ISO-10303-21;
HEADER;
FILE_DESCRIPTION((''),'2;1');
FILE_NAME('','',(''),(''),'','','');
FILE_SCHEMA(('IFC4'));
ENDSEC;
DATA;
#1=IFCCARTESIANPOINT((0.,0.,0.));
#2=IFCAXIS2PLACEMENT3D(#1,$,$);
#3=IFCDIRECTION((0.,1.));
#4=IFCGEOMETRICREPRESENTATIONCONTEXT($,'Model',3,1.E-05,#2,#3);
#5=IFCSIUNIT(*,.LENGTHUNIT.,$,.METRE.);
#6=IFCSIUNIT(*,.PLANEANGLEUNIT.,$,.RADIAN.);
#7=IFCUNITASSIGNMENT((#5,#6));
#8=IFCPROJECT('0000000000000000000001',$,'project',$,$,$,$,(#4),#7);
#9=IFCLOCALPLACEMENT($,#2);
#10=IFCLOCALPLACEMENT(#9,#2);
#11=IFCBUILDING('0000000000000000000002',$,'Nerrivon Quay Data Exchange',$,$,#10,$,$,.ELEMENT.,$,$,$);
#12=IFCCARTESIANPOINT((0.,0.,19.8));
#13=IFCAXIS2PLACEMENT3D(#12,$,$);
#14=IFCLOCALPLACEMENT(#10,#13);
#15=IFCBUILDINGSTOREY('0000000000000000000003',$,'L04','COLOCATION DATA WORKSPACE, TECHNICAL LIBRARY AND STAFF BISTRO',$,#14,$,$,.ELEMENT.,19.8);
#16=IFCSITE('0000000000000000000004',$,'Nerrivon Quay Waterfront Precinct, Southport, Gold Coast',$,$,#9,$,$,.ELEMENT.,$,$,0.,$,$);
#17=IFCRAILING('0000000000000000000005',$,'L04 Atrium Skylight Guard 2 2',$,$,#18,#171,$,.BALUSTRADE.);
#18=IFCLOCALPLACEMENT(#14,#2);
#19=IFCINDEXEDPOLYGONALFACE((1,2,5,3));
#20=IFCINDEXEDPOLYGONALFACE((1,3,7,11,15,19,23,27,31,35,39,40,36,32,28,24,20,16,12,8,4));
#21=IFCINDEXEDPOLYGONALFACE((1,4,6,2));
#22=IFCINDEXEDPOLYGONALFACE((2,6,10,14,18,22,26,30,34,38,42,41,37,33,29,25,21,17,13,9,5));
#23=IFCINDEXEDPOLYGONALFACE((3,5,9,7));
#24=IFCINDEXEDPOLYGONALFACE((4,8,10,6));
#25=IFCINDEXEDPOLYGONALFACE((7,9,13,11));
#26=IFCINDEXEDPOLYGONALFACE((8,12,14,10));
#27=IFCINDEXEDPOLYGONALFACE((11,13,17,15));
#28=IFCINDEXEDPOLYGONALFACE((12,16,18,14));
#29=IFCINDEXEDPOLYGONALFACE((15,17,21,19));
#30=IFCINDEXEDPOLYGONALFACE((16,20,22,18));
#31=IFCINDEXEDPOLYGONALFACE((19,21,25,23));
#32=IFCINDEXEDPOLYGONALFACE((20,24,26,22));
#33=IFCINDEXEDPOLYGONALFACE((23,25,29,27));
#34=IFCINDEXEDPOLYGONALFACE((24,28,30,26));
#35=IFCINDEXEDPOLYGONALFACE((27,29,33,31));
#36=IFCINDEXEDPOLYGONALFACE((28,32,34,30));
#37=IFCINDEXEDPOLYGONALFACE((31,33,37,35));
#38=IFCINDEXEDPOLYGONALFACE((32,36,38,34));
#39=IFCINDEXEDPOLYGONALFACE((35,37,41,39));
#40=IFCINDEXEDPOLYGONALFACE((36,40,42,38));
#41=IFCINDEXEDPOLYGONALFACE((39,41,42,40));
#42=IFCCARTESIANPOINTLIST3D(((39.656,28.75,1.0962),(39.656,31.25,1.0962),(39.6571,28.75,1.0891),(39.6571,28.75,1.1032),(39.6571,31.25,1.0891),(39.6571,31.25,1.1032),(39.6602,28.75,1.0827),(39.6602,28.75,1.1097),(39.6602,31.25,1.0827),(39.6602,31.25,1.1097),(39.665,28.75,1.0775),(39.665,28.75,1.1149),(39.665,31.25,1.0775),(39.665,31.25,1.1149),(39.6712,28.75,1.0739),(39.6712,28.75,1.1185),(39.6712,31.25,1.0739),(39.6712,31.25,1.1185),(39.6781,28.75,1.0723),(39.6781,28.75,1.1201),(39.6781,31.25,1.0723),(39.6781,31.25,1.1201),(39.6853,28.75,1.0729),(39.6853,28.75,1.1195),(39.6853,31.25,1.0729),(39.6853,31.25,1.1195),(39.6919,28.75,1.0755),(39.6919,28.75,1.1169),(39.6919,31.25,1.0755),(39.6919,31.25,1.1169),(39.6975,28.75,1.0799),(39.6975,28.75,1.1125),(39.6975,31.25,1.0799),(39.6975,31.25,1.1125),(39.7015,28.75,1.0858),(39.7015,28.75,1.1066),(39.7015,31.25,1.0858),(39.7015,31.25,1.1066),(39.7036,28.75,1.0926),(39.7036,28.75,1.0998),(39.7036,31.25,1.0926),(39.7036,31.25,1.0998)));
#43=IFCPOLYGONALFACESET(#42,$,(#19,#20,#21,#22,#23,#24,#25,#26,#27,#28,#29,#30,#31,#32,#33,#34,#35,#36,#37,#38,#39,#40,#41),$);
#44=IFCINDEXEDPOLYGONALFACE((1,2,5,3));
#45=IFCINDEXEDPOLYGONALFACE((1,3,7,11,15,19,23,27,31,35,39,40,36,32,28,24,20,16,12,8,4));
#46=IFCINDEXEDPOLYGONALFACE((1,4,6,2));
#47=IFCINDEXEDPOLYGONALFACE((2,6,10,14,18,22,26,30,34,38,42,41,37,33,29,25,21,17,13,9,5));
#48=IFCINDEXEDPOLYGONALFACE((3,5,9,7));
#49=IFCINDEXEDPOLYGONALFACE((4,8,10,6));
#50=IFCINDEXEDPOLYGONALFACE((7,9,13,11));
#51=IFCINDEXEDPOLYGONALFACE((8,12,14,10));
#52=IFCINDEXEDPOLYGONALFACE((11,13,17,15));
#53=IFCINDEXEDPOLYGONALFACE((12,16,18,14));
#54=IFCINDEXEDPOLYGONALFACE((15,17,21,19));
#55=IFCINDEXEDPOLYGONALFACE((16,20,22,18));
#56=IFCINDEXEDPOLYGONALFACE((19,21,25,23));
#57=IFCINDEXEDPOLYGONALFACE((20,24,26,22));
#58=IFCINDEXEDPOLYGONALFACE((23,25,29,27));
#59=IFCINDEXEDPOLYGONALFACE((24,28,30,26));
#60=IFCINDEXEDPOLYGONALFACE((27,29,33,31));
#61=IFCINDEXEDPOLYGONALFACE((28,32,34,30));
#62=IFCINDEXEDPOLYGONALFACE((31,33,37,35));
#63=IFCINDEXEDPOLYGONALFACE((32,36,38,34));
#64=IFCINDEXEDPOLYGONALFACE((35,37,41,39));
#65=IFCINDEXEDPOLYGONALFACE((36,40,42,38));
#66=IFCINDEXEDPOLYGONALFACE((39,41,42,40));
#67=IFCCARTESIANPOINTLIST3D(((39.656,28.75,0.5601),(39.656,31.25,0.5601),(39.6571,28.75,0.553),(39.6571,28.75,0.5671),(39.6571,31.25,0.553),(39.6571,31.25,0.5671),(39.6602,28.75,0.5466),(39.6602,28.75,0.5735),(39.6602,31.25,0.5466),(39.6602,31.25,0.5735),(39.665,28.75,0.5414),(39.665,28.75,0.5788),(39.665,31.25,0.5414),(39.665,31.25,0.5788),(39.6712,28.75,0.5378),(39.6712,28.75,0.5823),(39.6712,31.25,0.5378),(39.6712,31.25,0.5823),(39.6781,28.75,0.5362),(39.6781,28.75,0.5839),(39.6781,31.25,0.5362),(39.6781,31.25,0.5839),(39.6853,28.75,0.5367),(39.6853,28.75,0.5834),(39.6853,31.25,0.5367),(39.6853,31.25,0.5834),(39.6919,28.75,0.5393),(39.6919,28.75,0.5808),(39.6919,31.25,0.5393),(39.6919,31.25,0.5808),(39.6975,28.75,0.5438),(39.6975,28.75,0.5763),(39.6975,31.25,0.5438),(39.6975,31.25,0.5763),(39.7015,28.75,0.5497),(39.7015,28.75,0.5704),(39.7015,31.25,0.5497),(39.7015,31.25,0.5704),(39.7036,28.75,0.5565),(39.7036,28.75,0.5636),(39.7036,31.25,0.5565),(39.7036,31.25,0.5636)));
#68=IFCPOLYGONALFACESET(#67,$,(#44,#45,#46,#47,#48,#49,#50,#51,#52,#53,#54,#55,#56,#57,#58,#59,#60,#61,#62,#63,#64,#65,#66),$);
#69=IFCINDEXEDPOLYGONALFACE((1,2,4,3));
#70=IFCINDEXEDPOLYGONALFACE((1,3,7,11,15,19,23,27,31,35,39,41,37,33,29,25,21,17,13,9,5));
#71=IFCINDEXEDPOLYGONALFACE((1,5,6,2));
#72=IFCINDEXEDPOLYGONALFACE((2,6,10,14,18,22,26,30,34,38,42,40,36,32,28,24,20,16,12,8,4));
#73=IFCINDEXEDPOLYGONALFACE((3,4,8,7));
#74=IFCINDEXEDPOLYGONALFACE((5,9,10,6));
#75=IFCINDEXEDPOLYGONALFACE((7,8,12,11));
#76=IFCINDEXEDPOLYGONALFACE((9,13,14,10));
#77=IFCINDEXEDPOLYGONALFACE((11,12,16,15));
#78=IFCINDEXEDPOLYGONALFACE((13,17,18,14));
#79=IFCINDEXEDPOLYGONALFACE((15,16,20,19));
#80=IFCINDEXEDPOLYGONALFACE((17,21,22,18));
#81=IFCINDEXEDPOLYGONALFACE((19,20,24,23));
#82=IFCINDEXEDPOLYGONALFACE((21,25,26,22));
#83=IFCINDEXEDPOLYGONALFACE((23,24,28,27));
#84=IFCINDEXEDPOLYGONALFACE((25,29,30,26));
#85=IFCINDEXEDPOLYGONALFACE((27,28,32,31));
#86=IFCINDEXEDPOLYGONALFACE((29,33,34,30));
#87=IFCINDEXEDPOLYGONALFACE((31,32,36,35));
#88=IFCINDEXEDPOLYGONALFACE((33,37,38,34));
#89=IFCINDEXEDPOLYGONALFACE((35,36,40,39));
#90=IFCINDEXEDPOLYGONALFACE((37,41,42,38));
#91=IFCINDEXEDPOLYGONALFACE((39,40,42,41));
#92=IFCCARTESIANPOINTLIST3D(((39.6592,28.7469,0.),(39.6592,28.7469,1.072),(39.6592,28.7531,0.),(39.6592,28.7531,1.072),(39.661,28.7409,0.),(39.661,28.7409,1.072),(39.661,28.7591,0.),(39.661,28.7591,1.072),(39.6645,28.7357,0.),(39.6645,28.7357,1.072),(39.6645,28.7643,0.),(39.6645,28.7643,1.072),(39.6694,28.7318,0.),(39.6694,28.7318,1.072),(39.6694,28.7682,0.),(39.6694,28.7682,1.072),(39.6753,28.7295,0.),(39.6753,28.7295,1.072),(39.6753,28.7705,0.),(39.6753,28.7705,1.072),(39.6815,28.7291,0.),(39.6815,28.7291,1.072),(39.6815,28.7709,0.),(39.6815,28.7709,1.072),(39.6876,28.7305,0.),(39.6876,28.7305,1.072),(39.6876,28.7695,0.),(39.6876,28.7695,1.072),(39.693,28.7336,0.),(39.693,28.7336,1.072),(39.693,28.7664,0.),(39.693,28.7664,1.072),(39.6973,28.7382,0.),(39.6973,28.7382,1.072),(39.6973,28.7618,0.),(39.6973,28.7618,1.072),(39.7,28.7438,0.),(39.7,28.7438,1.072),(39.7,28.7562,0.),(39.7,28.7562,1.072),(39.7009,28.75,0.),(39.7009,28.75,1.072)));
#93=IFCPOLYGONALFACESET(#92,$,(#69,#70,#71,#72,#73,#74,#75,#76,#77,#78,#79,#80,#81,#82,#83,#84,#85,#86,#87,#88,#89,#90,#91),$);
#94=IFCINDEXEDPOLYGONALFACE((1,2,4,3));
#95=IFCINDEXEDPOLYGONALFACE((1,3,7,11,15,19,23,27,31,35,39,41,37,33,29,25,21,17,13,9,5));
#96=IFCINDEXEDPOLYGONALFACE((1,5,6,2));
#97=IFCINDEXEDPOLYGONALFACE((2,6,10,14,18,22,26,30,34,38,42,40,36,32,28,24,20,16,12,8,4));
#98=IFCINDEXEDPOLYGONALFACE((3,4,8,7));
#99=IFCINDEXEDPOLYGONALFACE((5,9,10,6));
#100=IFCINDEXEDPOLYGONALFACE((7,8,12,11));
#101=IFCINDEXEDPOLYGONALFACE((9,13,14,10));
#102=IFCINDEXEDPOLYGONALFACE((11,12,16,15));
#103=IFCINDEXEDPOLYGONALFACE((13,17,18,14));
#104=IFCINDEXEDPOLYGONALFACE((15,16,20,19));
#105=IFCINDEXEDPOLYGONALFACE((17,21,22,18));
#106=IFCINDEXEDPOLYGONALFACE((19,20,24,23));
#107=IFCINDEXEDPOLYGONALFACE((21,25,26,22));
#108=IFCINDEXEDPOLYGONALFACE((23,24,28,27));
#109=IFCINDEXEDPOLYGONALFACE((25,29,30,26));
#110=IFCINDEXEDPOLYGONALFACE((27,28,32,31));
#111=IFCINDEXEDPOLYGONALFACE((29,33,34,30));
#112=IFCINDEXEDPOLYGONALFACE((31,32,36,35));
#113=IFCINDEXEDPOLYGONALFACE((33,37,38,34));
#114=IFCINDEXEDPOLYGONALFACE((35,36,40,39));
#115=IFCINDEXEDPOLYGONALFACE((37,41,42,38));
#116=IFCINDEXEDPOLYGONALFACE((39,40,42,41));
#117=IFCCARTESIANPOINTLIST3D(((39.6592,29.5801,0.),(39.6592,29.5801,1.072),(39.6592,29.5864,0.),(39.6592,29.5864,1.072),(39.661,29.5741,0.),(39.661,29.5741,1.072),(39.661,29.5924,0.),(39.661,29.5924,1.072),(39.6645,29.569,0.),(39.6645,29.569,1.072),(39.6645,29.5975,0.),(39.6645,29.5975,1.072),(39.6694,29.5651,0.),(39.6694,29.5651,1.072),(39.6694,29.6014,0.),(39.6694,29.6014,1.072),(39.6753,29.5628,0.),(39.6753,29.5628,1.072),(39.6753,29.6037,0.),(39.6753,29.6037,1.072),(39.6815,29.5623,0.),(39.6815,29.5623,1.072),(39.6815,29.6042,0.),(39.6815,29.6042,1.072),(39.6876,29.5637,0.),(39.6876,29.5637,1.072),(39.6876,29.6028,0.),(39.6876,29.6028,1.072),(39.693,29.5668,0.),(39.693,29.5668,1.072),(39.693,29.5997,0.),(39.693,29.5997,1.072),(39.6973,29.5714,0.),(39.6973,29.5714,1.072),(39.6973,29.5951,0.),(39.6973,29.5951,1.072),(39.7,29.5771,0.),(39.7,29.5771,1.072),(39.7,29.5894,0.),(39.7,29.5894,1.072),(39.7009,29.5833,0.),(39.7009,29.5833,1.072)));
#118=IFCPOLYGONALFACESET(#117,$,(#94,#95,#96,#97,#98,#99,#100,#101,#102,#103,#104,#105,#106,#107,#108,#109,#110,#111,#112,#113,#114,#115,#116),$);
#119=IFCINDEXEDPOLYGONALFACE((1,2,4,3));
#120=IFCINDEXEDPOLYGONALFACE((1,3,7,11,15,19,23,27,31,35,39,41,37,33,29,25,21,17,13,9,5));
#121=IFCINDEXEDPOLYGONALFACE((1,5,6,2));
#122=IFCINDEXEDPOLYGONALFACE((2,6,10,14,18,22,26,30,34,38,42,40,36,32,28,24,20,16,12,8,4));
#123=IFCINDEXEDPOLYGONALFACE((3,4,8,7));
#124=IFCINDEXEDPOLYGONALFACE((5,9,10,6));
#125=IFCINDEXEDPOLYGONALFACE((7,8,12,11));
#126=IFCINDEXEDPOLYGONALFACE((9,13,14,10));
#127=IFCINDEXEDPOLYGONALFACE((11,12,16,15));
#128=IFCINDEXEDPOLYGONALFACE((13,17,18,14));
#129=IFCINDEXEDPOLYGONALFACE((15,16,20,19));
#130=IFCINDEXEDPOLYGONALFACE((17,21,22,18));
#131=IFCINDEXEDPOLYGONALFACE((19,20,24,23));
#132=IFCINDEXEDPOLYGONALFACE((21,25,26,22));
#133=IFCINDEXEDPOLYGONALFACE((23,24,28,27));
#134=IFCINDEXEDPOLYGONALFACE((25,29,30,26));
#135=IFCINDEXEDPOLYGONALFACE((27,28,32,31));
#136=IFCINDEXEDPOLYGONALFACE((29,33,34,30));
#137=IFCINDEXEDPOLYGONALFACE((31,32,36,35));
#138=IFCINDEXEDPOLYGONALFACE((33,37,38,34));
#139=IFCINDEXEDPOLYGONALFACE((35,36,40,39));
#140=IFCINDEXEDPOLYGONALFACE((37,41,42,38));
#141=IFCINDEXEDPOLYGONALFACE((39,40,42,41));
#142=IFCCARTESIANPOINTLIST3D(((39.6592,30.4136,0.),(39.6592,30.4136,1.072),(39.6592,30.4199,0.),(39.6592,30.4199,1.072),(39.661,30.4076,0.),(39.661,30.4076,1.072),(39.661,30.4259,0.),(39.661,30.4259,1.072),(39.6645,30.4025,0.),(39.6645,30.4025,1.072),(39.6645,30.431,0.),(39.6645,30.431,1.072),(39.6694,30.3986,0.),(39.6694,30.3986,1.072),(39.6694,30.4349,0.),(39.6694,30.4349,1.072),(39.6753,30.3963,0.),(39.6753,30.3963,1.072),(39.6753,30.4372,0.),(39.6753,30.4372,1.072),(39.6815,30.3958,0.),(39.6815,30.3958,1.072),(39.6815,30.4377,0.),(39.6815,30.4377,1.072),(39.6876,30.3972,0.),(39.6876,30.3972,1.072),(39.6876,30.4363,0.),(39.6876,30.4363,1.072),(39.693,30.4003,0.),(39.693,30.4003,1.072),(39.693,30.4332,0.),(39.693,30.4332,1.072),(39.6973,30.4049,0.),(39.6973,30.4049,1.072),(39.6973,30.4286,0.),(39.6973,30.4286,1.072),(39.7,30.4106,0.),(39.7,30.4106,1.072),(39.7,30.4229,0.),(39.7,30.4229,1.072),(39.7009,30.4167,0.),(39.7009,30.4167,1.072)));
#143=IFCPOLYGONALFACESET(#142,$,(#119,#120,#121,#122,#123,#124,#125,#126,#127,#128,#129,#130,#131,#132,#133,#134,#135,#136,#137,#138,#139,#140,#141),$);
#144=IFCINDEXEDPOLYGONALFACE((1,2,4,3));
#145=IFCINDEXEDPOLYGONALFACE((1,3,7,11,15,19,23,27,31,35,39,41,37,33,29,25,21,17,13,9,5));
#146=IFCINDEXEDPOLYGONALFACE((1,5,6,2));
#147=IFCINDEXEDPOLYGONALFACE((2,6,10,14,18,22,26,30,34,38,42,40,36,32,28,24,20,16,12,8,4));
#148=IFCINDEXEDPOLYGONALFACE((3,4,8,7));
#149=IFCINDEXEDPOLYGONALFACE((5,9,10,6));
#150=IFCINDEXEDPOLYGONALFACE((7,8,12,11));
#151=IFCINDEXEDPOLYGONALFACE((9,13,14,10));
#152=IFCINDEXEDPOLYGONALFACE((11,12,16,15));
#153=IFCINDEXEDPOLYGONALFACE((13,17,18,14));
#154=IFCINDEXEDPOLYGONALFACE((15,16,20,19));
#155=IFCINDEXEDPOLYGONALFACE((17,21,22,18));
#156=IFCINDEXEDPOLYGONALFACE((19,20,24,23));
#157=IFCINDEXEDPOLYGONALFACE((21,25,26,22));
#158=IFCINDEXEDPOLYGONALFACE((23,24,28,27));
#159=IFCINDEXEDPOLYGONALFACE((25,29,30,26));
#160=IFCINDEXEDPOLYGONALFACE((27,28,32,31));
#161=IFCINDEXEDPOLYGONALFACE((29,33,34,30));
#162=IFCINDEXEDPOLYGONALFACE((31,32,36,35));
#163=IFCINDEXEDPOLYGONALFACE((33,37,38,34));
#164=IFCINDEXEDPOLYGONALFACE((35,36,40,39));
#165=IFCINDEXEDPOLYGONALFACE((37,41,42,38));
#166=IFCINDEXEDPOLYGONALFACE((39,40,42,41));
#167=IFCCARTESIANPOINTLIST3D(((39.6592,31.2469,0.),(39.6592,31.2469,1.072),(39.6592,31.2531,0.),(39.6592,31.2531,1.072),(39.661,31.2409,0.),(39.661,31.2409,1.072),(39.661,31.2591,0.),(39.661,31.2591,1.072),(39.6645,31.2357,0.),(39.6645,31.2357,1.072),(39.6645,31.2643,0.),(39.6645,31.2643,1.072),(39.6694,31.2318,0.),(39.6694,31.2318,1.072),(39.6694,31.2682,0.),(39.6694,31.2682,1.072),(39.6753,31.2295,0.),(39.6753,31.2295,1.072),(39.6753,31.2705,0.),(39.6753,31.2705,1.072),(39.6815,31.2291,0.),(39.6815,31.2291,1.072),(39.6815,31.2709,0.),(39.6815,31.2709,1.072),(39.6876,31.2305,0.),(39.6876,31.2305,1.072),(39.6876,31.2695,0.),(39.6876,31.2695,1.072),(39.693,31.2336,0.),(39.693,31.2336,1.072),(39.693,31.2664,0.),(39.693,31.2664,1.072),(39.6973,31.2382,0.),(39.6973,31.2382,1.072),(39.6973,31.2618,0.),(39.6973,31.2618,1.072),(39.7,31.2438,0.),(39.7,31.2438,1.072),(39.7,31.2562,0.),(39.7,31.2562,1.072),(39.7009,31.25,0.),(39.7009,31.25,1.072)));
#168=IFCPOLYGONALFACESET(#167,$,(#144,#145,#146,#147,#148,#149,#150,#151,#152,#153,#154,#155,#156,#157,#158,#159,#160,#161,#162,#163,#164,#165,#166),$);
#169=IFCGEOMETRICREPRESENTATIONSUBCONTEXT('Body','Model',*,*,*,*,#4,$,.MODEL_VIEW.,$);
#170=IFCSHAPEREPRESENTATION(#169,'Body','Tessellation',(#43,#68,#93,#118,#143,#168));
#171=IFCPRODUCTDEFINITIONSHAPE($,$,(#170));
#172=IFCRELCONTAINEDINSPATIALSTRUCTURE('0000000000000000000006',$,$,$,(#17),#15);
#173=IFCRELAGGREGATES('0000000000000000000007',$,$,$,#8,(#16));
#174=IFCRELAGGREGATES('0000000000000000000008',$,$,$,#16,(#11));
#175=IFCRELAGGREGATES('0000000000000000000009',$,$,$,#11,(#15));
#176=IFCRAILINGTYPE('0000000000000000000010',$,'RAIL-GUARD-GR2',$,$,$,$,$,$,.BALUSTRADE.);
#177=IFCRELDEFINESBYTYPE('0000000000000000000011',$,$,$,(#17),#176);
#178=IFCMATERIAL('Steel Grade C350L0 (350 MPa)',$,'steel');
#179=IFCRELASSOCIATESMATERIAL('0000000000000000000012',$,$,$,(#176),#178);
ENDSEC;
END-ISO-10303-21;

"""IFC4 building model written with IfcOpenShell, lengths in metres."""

from ifc_helpers import new_model, si_unit, direction, frame, origin, origin_2d, place, context, subcontext, project, spatial, circle, extrude, material, type_object, element, save


model = new_model("IFC4")

# Units and contexts
model_context = context("Model", 3, precision=1e-05, world=origin(), true_north=direction((0.0, 1.0)))
body_context = subcontext(model_context, "Body", "Model", "MODEL_VIEW")
ifc_project = project(units=[si_unit("LENGTHUNIT", "METRE"), si_unit("PLANEANGLEUNIT", "RADIAN")], contexts=[model_context])

# Site, building, storey
site_placement = place(None, origin())
site = spatial("IfcSite", under=ifc_project, at=site_placement, Name="Nerrivon Quay Waterfront Precinct, Southport, Gold Coast", CompositionType="ELEMENT", RefElevation=0.0)
building_placement = place(site_placement, origin())
building = spatial("IfcBuilding", under=site, at=building_placement, Name="Nerrivon Quay Data Exchange", CompositionType="ELEMENT")
storey_placement = place(building_placement, frame((0.0, 0.0, 19.8)))
storey = spatial("IfcBuildingStorey", under=building, at=storey_placement, Name="L04", Description="COLOCATION DATA WORKSPACE, TECHNICAL LIBRARY AND STAFF BISTRO", CompositionType="ELEMENT", Elevation=19.8)

# Railing
ifc_material_1 = material(Name="Steel Grade C350L0 (350 MPa)", Category="steel")
railing_type = type_object("IfcRailingType", Name="RAIL-GUARD-GR2", PredefinedType="BALUSTRADE", material=ifc_material_1)
railing_1_placement = place(storey_placement, frame((39.6799, 28.75, 0.0)))
element("IfcRailing", 1, at=railing_1_placement, inside=storey, type_object=railing_type, Name="L04 Atrium Skylight Guard 2 2", PredefinedType="BALUSTRADE", context=body_context, shape_type="SweptSolid", body=[
    extrude(circle(Radius=0.0239, at=origin_2d()), frame((0.0, 0.0, 1.0962), z_axis=(0.0, 1.0, 0.0), x_axis=(-1.0, 0.0, 0.0)), (0.0, 0.0, 1.0), 2.5),
    extrude(circle(Radius=0.0239, at=origin_2d()), frame((0.0, 0.0, 0.5601), z_axis=(0.0, 1.0, 0.0), x_axis=(-1.0, 0.0, 0.0)), (0.0, 0.0, 1.0), 2.5),
    extrude(circle(Radius=0.021, at=origin_2d()), origin(), (0.0, 0.0, 1.0), 1.072),
    extrude(circle(Radius=0.021, at=origin_2d()), frame((0.0, 0.8333, 0.0)), (0.0, 0.0, 1.0), 1.072),
    extrude(circle(Radius=0.021, at=origin_2d()), frame((0.0, 1.6667, 0.0)), (0.0, 0.0, 1.0), 1.072),
    extrude(circle(Radius=0.021, at=origin_2d()), frame((0.0, 2.5, 0.0)), (0.0, 0.0, 1.0), 1.072),
])

save(model, "model.ifc")
